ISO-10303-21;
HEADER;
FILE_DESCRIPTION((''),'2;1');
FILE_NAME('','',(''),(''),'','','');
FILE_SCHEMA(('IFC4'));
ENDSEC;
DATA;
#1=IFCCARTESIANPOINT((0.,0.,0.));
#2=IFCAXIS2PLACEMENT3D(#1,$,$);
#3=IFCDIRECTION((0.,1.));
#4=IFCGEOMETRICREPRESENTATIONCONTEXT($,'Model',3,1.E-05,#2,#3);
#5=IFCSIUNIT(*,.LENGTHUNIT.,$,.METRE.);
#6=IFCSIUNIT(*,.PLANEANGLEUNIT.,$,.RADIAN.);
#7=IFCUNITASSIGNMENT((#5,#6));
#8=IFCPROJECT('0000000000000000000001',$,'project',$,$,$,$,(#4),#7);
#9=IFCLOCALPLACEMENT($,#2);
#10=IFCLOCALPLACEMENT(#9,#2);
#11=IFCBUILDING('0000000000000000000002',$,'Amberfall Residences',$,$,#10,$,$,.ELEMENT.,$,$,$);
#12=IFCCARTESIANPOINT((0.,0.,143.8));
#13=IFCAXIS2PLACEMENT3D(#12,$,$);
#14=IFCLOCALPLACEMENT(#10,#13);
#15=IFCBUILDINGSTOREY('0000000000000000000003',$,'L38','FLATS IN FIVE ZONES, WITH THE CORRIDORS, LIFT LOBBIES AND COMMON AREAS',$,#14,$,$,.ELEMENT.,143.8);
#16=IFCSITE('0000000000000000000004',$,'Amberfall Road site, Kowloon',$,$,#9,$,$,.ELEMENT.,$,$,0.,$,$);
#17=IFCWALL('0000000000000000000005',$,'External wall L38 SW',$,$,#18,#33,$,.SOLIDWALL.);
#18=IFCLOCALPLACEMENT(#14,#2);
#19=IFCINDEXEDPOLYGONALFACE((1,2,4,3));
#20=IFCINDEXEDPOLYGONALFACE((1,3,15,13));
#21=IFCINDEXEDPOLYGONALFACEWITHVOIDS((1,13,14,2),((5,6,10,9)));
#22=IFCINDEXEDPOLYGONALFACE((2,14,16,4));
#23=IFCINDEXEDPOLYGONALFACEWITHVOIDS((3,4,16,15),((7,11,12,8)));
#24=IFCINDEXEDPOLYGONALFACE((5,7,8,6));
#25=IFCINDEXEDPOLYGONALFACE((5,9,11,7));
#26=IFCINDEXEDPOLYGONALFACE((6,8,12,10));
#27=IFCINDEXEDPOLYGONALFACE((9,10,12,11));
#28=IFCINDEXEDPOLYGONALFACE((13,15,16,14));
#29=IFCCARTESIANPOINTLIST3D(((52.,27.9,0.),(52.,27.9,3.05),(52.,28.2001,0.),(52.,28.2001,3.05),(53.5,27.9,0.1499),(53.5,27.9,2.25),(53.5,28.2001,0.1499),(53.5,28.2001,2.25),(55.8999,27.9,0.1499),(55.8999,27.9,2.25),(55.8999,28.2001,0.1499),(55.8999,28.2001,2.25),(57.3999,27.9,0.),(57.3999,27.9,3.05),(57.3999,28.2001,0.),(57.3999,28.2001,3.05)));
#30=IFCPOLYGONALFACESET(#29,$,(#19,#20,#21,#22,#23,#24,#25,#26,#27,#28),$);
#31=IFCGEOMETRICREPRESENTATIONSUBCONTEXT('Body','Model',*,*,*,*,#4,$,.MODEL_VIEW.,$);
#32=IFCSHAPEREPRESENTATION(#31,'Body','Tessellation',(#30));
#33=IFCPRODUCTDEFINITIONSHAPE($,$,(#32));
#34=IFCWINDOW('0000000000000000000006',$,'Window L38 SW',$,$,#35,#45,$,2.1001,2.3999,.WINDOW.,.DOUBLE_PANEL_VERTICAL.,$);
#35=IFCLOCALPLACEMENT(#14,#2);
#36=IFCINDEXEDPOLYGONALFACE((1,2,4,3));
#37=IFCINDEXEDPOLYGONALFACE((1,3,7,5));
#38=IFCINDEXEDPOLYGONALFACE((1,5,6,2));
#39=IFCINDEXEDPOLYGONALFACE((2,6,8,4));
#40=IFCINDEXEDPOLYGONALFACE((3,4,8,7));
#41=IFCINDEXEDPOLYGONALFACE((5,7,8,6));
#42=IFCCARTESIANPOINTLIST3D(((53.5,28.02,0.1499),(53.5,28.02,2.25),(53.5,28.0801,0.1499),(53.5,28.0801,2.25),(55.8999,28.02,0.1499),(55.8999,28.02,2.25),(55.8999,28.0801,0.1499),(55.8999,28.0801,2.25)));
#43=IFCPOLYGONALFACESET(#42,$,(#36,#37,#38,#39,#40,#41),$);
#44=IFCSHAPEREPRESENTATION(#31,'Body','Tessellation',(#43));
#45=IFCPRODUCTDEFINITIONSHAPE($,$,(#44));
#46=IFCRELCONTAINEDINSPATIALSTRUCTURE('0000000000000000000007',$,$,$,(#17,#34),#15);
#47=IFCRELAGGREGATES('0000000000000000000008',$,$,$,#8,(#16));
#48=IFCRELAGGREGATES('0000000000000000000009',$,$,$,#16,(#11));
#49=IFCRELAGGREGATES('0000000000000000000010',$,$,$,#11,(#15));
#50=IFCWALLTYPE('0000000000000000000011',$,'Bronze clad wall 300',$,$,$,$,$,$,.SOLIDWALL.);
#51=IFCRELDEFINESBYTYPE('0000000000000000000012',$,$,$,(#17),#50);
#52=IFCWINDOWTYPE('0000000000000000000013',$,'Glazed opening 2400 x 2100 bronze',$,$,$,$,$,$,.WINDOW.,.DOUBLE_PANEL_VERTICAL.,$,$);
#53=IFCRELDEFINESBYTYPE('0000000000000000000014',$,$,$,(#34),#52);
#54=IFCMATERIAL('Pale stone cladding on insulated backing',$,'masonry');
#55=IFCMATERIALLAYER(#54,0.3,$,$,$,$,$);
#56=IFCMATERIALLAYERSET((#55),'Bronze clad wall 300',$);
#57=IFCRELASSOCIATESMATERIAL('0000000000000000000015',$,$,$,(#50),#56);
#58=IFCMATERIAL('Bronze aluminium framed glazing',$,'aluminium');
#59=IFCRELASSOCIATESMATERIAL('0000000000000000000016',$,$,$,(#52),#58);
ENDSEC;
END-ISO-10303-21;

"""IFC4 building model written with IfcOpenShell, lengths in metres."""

from ifc_helpers import new_model, si_unit, direction, frame, frame_2d, origin, place, context, subcontext, project, spatial, rectangle, extrude, material, layer, layer_set, type_object, element, fill, save


model = new_model("IFC4")

# Units and contexts
model_context = context("Model", 3, precision=1e-05, world=origin(), true_north=direction((0.0, 1.0)))
body_context = subcontext(model_context, "Body", "Model", "MODEL_VIEW")
ifc_project = project(units=[si_unit("LENGTHUNIT", "METRE"), si_unit("PLANEANGLEUNIT", "RADIAN")], contexts=[model_context])

# Site, building, storey
site_placement = place(None, origin())
site = spatial("IfcSite", under=ifc_project, at=site_placement, Name="Amberfall Road site, Kowloon", CompositionType="ELEMENT", RefElevation=0.0)
building_placement = place(site_placement, origin())
building = spatial("IfcBuilding", under=site, at=building_placement, Name="Amberfall Residences", CompositionType="ELEMENT")
storey_placement = place(building_placement, frame((0.0, 0.0, 143.8)))
storey = spatial("IfcBuildingStorey", under=building, at=storey_placement, Name="L38", Description="FLATS IN FIVE ZONES, WITH THE CORRIDORS, LIFT LOBBIES AND COMMON AREAS", CompositionType="ELEMENT", Elevation=143.8)

# Wall, opening, window
ifc_material_1 = material(Name="Pale stone cladding on insulated backing", Category="masonry")
ifc_layer_1 = layer(ifc_material_1, 0.3)
ifc_layer_set_1 = layer_set([ifc_layer_1], Name="Bronze clad wall 300")
wall_type = type_object("IfcWallType", Name="Bronze clad wall 300", PredefinedType="SOLIDWALL", material=ifc_layer_set_1)
wall_placement = place(storey_placement, frame((52.0, 28.05, 0.0), z_axis=(0.0, 0.0, 1.0), x_axis=(1.0, 0.0, 0.0)))
wall = element("IfcWall", 1, at=wall_placement, inside=storey, type_object=wall_type, Name="External wall L38 SW", PredefinedType="SOLIDWALL", context=body_context, shape_type="SweptSolid", body=[
    extrude(rectangle(XDim=5.3999, YDim=0.3, at=frame_2d((2.7, 0.0))), origin(), (0.0, 0.0, 1.0), 3.05),
])
opening_placement = place(wall_placement, frame((1.5, 0.0, 0.1499)))
opening = element("IfcOpeningElement", 2, at=opening_placement, cuts=wall, PredefinedType="OPENING", context=body_context, shape_type="SweptSolid", body=[
    extrude(rectangle(XDim=2.3999, YDim=2.1001, at=frame_2d((1.2, 1.05))), frame((0.0, 0.1599, 0.0), z_axis=(0.0, -1.0, 0.0), x_axis=(1.0, 0.0, 0.0)), (0.0, 0.0, 1.0), 0.3201),
])
ifc_material_2 = material(Name="Bronze aluminium framed glazing", Category="aluminium")
window_type = type_object("IfcWindowType", Name="Glazed opening 2400 x 2100 bronze", PartitioningType="DOUBLE_PANEL_VERTICAL", PredefinedType="WINDOW", material=ifc_material_2)
window_placement = place(opening_placement, origin())
window = element("IfcWindow", 3, at=window_placement, inside=storey, type_object=window_type, Name="Window L38 SW", OverallHeight=2.1001, OverallWidth=2.3999, PartitioningType="DOUBLE_PANEL_VERTICAL", PredefinedType="WINDOW", context=body_context, shape_type="SweptSolid", body=[
    extrude(rectangle(XDim=2.3999, YDim=2.1001, at=frame_2d((1.2, 1.05))), frame((0.0, 0.03, 0.0), z_axis=(0.0, -1.0, 0.0), x_axis=(1.0, 0.0, 0.0)), (0.0, 0.0, 1.0), 0.0601),
])
fill(opening, window)

save(model, "model.ifc")
